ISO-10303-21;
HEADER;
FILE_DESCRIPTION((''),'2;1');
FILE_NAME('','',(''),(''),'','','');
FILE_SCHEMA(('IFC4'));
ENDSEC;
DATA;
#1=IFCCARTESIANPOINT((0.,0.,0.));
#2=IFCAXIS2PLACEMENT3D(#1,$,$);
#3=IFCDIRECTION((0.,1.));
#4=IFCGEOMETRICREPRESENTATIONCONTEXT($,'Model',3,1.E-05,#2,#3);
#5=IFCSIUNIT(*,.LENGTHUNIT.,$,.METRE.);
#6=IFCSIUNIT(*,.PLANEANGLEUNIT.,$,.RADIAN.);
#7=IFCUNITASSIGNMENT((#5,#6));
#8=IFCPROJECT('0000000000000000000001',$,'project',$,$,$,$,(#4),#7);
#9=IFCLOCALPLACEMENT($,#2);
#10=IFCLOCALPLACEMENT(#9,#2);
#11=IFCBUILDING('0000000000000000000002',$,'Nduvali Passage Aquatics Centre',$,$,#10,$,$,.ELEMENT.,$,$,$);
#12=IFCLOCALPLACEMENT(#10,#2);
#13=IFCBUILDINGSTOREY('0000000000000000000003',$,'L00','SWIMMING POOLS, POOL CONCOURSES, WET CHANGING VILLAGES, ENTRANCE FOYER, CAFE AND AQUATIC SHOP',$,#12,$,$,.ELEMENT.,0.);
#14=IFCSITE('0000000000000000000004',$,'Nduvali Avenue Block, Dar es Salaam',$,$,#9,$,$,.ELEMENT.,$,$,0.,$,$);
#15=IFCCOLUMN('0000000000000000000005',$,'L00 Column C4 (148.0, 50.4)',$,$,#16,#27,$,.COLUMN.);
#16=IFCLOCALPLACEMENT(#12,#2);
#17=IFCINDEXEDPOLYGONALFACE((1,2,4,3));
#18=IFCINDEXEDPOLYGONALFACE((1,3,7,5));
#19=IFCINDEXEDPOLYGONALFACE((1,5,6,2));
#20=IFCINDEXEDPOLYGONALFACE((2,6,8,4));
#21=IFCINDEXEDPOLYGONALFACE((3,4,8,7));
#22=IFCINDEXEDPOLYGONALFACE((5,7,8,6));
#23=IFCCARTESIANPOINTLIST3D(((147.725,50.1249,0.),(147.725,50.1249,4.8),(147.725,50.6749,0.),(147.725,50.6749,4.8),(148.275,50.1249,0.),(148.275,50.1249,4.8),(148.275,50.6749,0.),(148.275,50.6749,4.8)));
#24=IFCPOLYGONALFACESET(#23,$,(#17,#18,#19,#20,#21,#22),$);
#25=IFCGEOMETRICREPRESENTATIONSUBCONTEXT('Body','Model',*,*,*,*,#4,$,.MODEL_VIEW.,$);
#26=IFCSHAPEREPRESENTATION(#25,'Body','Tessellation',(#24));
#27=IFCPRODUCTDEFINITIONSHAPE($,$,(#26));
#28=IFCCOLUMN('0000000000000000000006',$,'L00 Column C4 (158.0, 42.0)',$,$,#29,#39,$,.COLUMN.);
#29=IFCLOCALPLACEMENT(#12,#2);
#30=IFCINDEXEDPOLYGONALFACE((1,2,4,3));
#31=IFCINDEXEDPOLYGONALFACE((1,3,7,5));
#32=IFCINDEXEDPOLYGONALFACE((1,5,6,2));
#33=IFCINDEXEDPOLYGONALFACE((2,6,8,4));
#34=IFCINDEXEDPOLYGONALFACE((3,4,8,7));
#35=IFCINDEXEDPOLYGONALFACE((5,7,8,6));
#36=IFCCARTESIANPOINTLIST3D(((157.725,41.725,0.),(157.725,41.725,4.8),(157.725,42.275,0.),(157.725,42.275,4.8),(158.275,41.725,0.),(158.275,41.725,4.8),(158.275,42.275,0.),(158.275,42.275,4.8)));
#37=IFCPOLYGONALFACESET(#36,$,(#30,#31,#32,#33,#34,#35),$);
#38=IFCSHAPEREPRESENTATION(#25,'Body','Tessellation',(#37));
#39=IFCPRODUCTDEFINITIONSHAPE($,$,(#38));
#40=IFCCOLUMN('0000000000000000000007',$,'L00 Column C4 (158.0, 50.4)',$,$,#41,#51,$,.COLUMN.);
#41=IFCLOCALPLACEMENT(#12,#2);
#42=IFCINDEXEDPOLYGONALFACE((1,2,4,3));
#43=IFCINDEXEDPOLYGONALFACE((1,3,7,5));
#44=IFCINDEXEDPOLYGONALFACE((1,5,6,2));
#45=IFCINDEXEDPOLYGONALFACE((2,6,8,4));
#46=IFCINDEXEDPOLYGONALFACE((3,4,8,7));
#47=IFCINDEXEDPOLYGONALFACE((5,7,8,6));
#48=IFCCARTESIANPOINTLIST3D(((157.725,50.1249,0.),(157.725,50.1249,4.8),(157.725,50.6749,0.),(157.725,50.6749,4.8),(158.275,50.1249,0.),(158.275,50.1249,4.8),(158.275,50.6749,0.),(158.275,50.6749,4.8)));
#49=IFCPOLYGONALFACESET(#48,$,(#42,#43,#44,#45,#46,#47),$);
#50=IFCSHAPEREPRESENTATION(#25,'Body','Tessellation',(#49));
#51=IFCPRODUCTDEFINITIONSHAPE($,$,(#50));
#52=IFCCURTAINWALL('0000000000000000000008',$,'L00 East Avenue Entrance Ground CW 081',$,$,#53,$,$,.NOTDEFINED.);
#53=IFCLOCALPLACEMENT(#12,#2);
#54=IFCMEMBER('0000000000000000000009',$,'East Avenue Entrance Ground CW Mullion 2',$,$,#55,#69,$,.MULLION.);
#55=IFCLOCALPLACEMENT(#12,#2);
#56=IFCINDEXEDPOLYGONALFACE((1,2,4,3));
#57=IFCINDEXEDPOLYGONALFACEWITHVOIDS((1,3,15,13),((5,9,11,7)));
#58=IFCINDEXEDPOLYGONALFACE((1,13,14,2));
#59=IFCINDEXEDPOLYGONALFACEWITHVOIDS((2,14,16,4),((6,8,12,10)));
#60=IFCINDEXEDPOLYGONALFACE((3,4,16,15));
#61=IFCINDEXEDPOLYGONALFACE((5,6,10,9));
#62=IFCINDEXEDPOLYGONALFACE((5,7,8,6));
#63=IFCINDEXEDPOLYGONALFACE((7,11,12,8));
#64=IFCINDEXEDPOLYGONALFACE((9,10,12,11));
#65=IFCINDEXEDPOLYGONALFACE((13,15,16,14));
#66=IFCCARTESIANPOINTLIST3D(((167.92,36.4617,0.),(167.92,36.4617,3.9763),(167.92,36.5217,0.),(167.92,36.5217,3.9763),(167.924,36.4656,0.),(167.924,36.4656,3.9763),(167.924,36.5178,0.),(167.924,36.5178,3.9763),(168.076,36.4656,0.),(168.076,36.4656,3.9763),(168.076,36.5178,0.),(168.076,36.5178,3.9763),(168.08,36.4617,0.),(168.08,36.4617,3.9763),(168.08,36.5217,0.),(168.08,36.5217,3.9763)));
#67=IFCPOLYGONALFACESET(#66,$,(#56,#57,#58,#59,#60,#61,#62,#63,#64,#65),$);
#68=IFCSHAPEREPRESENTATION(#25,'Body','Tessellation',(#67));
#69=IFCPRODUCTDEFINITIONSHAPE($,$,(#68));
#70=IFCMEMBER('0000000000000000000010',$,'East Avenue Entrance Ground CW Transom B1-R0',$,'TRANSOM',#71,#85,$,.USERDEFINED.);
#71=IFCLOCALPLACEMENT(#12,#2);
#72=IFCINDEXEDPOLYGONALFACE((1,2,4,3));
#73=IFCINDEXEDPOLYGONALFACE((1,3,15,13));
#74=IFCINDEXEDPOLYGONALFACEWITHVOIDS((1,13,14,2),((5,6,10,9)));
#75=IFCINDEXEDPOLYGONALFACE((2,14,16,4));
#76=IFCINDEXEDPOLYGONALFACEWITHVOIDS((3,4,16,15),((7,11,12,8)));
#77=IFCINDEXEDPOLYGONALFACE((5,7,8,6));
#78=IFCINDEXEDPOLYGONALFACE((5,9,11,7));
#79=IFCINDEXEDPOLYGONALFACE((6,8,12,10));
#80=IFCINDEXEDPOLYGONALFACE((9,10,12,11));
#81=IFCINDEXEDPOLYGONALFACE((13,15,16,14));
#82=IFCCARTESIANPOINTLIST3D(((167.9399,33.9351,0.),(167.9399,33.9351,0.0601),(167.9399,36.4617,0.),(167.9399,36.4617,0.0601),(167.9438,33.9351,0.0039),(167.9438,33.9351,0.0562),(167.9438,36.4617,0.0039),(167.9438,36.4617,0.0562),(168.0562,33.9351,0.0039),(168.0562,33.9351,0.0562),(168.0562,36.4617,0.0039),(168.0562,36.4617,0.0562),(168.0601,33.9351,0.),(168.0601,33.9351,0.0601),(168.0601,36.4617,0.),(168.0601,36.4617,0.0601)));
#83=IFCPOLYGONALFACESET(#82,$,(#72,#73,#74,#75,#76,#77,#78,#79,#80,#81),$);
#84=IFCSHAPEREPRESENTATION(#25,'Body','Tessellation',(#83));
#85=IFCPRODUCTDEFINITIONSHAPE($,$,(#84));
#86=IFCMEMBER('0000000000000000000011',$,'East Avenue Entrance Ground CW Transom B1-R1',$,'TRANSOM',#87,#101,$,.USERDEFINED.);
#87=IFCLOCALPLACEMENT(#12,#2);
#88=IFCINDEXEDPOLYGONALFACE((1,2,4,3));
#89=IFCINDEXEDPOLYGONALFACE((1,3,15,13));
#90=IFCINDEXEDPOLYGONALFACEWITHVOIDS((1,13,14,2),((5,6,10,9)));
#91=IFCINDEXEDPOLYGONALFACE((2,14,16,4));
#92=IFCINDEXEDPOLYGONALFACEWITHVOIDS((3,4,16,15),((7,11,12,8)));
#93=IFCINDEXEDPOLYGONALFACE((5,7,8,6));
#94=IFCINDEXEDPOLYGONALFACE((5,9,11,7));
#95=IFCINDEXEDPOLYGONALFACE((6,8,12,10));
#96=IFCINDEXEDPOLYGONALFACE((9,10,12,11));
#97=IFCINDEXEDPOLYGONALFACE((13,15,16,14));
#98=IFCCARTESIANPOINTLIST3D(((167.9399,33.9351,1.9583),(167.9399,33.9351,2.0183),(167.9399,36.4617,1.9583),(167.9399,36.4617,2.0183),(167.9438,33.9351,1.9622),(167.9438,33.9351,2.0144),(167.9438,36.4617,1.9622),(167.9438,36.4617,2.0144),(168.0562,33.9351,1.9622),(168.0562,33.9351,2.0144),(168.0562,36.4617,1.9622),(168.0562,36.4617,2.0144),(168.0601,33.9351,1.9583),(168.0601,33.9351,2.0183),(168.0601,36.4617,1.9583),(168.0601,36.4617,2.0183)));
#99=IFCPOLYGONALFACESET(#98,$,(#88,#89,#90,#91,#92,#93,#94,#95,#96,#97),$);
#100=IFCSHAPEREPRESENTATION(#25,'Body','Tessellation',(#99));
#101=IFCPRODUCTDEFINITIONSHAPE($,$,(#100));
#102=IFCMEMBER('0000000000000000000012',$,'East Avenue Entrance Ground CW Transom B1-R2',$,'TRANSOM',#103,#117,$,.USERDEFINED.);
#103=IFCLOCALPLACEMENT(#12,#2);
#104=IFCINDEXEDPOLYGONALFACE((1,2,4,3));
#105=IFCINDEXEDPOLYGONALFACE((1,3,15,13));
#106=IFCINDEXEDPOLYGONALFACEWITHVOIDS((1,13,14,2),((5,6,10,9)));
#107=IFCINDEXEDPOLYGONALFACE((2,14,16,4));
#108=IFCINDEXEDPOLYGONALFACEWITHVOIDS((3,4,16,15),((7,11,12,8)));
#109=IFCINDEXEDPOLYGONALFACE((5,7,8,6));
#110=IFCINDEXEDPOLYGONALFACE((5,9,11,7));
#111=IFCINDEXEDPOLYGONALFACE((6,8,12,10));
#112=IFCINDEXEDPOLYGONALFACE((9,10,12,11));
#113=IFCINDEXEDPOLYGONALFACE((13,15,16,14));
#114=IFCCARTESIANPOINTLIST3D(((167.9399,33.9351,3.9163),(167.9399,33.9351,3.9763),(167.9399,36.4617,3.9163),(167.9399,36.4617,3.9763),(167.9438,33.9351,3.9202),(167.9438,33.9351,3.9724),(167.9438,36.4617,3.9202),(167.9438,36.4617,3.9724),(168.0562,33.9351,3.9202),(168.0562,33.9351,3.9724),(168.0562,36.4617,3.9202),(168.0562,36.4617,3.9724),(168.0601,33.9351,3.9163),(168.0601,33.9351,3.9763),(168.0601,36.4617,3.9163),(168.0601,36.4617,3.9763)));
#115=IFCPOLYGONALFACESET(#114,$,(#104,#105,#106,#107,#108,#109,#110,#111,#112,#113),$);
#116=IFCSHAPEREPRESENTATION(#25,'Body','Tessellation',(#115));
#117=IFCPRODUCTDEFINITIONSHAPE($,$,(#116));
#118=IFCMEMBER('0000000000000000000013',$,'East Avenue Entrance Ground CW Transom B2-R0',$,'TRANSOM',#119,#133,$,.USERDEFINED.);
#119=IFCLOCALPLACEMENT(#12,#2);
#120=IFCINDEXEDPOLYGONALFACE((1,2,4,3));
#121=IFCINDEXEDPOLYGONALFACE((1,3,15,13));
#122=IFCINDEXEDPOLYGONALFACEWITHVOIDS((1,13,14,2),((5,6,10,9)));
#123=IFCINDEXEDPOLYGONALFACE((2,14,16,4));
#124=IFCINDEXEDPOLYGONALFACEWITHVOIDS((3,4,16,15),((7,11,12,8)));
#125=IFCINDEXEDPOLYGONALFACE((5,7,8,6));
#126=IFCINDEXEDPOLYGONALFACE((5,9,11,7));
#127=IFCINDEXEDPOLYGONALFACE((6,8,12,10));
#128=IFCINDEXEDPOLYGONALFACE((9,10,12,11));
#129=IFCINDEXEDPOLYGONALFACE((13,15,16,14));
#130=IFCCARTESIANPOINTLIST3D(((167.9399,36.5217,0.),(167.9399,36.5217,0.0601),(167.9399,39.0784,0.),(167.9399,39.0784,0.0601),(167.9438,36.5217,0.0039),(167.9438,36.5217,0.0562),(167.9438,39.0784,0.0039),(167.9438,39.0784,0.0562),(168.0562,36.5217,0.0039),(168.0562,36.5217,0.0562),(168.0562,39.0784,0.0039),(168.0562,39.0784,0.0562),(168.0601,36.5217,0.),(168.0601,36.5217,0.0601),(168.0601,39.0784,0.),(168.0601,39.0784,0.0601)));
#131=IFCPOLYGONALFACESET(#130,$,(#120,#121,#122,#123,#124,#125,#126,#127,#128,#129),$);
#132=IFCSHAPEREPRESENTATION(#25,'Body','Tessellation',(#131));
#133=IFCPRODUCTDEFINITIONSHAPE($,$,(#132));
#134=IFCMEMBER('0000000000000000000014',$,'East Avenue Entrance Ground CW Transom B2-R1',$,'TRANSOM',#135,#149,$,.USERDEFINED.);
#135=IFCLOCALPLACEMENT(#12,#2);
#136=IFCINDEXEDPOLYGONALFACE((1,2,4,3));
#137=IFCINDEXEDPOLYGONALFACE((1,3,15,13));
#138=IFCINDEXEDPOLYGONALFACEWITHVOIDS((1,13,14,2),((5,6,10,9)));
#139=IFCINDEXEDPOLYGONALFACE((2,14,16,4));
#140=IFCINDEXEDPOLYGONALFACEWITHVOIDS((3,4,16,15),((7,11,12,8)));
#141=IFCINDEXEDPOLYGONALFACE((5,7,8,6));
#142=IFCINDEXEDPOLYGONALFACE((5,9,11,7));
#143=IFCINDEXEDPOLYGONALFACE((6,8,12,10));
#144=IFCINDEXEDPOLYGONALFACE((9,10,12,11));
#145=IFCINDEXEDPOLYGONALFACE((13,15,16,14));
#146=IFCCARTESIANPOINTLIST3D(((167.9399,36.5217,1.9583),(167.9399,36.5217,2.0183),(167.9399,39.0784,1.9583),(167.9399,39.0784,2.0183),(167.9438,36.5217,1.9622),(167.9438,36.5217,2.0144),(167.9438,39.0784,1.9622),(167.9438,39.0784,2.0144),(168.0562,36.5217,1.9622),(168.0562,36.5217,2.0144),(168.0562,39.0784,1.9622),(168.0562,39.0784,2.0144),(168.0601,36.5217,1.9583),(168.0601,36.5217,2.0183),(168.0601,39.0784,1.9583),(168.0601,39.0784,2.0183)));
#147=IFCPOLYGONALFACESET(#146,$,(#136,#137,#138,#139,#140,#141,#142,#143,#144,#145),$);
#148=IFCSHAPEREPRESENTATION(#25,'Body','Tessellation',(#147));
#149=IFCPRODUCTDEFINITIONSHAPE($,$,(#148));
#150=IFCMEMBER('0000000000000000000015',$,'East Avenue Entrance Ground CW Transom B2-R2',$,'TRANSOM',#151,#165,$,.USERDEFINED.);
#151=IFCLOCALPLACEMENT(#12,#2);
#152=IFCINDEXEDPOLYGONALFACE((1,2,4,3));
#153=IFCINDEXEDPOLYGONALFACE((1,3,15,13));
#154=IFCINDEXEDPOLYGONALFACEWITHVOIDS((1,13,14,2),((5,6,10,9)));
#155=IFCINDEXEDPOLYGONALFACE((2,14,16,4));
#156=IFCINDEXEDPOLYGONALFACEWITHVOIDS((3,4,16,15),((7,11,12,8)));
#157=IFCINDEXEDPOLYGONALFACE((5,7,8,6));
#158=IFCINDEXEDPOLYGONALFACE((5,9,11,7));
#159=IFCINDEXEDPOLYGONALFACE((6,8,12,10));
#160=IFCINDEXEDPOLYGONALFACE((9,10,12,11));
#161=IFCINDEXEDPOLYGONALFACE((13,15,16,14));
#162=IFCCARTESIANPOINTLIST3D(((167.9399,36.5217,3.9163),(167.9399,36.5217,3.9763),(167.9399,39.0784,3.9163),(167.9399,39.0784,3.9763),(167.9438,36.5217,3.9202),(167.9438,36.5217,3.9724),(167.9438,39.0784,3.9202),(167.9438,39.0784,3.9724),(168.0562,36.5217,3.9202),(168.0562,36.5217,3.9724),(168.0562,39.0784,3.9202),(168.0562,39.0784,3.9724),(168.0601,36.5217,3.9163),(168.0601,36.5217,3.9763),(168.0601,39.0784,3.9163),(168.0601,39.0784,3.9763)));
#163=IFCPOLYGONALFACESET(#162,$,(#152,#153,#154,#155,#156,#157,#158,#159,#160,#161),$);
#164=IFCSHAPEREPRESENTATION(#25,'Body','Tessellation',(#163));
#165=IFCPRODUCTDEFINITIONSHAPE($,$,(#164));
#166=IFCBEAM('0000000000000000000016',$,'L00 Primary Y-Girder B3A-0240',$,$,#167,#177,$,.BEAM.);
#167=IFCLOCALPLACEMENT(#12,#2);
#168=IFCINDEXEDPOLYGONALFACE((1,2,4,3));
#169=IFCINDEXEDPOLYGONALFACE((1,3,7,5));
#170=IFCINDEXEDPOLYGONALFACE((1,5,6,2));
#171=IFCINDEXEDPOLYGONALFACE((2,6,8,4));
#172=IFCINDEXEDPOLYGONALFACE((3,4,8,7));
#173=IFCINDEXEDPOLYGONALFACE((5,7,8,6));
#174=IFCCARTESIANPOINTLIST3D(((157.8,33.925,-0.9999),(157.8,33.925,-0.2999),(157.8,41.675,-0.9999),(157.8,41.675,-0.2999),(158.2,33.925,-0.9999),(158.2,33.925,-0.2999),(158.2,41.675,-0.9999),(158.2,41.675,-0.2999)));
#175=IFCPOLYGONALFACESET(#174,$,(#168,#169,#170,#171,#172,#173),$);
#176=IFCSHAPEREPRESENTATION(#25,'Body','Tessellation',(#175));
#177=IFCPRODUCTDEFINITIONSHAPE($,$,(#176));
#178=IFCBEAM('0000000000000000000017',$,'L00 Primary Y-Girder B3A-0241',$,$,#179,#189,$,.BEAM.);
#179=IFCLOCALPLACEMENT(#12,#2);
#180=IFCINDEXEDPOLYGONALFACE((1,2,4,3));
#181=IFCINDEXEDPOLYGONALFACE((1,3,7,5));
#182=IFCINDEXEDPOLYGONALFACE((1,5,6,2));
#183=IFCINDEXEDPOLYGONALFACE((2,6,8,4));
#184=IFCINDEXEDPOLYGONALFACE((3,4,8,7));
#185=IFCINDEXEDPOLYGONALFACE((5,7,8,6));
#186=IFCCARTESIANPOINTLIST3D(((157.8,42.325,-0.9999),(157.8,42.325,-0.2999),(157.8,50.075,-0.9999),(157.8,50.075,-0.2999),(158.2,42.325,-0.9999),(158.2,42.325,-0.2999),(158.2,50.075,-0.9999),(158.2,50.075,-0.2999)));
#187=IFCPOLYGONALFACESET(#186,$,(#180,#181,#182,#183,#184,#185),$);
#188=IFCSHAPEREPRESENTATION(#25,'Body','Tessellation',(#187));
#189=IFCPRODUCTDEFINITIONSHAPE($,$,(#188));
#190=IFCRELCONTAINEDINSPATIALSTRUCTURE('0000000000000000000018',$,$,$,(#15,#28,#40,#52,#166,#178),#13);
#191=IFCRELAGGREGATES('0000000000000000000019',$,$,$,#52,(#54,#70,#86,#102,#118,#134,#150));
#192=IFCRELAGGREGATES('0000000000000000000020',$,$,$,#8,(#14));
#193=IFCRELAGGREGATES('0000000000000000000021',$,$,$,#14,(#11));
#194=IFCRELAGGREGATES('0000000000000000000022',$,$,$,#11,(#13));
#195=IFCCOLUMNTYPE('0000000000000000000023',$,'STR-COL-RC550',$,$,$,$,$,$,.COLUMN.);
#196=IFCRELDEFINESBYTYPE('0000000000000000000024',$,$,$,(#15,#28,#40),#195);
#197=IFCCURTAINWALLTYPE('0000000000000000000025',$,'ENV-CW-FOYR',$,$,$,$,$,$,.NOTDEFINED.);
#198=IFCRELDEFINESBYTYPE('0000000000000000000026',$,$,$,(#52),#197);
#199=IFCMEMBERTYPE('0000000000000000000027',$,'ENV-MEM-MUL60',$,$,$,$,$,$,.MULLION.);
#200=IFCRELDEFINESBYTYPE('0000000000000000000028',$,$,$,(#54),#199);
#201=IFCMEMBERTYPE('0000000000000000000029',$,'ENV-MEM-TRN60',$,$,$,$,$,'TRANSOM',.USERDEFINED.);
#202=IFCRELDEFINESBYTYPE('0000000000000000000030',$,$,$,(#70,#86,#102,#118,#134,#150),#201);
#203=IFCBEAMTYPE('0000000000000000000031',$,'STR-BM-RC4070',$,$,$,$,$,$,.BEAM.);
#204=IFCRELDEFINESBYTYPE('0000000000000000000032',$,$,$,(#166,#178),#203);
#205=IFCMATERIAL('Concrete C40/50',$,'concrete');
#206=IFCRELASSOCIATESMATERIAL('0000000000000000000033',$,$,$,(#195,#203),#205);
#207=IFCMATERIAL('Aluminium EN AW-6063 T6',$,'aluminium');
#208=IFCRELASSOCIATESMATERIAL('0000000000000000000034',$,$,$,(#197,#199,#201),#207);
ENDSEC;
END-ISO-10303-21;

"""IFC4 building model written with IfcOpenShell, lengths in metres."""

from ifc_helpers import new_model, si_unit, direction, frame, origin, origin_2d, place, context, subcontext, project, spatial, rectangle, hollow_rectangle, extrude, material, material_profile, profile_set, type_object, element, aggregate, save


model = new_model("IFC4")

# Units and contexts
model_context = context("Model", 3, precision=1e-05, world=origin(), true_north=direction((0.0, 1.0)))
body_context = subcontext(model_context, "Body", "Model", "MODEL_VIEW")
ifc_project = project(units=[si_unit("LENGTHUNIT", "METRE"), si_unit("PLANEANGLEUNIT", "RADIAN")], contexts=[model_context])

# Site, building, storey
site_placement = place(None, origin())
site = spatial("IfcSite", under=ifc_project, at=site_placement, Name="Nduvali Avenue Block, Dar es Salaam", CompositionType="ELEMENT", RefElevation=0.0)
building_placement = place(site_placement, origin())
building = spatial("IfcBuilding", under=site, at=building_placement, Name="Nduvali Passage Aquatics Centre", CompositionType="ELEMENT")
storey_placement = place(building_placement, origin())
storey = spatial("IfcBuildingStorey", under=building, at=storey_placement, Name="L00", Description="SWIMMING POOLS, POOL CONCOURSES, WET CHANGING VILLAGES, ENTRANCE FOYER, CAFE AND AQUATIC SHOP", CompositionType="ELEMENT", Elevation=0.0)

# Columns
ifc_material_1 = material(Name="Concrete C40/50", Category="concrete")
ifc_material_profile_1 = material_profile(ifc_material_1, rectangle(XDim=0.55, YDim=0.55, at=origin_2d()), Name="RC 550x550")
ifc_profile_set_1 = profile_set([ifc_material_profile_1], Name="Concrete C40/50")
column_type = type_object("IfcColumnType", Name="STR-COL-RC550", PredefinedType="COLUMN", material=ifc_profile_set_1)
for number, where, z_axis, x_axis, name in (
    (1, (148.0, 50.3999, 0.0), (0.0, 0.0, 1.0), (1.0, 0.0, 0.0), "L00 Column C4 (148.0, 50.4)"),
    (2, (158.0, 42.0, 0.0), (0.0, 0.0, 1.0), (1.0, 0.0, 0.0), "L00 Column C4 (158.0, 42.0)"),
    (3, (158.0, 50.3999, 0.0), (0.0, 0.0, 1.0), (1.0, 0.0, 0.0), "L00 Column C4 (158.0, 50.4)"),
):
    element("IfcColumn", number, at=place(storey_placement, frame(where, z_axis=z_axis, x_axis=x_axis)), inside=storey, type_object=column_type, Name=name, PredefinedType="COLUMN", context=body_context, shape_type="SweptSolid", body=[
        extrude(rectangle(XDim=0.55, YDim=0.55, at=origin_2d()), origin(), (0.0, 0.0, 1.0), 4.8),
    ])

# Curtain wall, members
ifc_material_2 = material(Name="Aluminium EN AW-6063 T6", Category="aluminium")
curtain_wall_type = type_object("IfcCurtainWallType", Name="ENV-CW-FOYR", PredefinedType="NOTDEFINED", material=ifc_material_2)
curtain_wall_placement = place(storey_placement, origin())
curtain_wall = element("IfcCurtainWall", 4, at=curtain_wall_placement, inside=storey, type_object=curtain_wall_type, Name="L00 East Avenue Entrance Ground CW 081", PredefinedType="NOTDEFINED")
ifc_material_profile_2 = material_profile(ifc_material_2, hollow_rectangle(XDim=0.0601, YDim=0.1599, WallThickness=0.0039, at=origin_2d()), Name="ALU MULLION 60x160x4")
ifc_profile_set_2 = profile_set([ifc_material_profile_2], Name="Aluminium EN AW-6063 T6")
member_type_1 = type_object("IfcMemberType", Name="ENV-MEM-MUL60", PredefinedType="MULLION", material=ifc_profile_set_2)
member_1_placement = place(storey_placement, frame((168.0, 36.4917, 0.0), z_axis=(0.0, 0.0, 1.0), x_axis=(0.0, 1.0, 0.0)))
member_1 = element("IfcMember", 5, at=member_1_placement, type_object=member_type_1, Name="East Avenue Entrance Ground CW Mullion 2", PredefinedType="MULLION", context=body_context, shape_type="SweptSolid", body=[
    extrude(hollow_rectangle(XDim=0.0601, YDim=0.1599, WallThickness=0.0039, at=origin_2d()), origin(), (0.0, 0.0, 1.0), 3.9763),
])
ifc_material_profile_3 = material_profile(ifc_material_2, hollow_rectangle(XDim=0.1201, YDim=0.0601, WallThickness=0.0039, at=origin_2d()), Name="ALU TRANSOM 120x60x4")
ifc_profile_set_3 = profile_set([ifc_material_profile_3], Name="Aluminium EN AW-6063 T6")
member_type_2 = type_object("IfcMemberType", Name="ENV-MEM-TRN60", ElementType="TRANSOM", PredefinedType="USERDEFINED", material=ifc_profile_set_3)
member_2_placement = place(storey_placement, frame((168.0, 33.9351, 0.03), z_axis=(0.0, 1.0, 0.0), x_axis=(-1.0, 0.0, 0.0)))
member_2 = element("IfcMember", 6, at=member_2_placement, type_object=member_type_2, Name="East Avenue Entrance Ground CW Transom B1-R0", ObjectType="TRANSOM", PredefinedType="USERDEFINED", context=body_context, shape_type="SweptSolid", body=[
    extrude(hollow_rectangle(XDim=0.1201, YDim=0.0601, WallThickness=0.0039, at=origin_2d()), origin(), (0.0, 0.0, 1.0), 2.5266),
])
member_3_placement = place(storey_placement, frame((168.0, 33.9351, 1.9883), z_axis=(0.0, 1.0, 0.0), x_axis=(-1.0, 0.0, 0.0)))
member_3 = element("IfcMember", 7, at=member_3_placement, type_object=member_type_2, Name="East Avenue Entrance Ground CW Transom B1-R1", ObjectType="TRANSOM", PredefinedType="USERDEFINED", context=body_context, shape_type="SweptSolid", body=[
    extrude(hollow_rectangle(XDim=0.1201, YDim=0.0601, WallThickness=0.0039, at=origin_2d()), origin(), (0.0, 0.0, 1.0), 2.5266),
])
member_4_placement = place(storey_placement, frame((168.0, 33.9351, 3.9463), z_axis=(0.0, 1.0, 0.0), x_axis=(-1.0, 0.0, 0.0)))
member_4 = element("IfcMember", 8, at=member_4_placement, type_object=member_type_2, Name="East Avenue Entrance Ground CW Transom B1-R2", ObjectType="TRANSOM", PredefinedType="USERDEFINED", context=body_context, shape_type="SweptSolid", body=[
    extrude(hollow_rectangle(XDim=0.1201, YDim=0.0601, WallThickness=0.0039, at=origin_2d()), origin(), (0.0, 0.0, 1.0), 2.5266),
])
member_5_placement = place(storey_placement, frame((168.0, 36.5217, 0.03), z_axis=(0.0, 1.0, 0.0), x_axis=(-1.0, 0.0, 0.0)))
member_5 = element("IfcMember", 9, at=member_5_placement, type_object=member_type_2, Name="East Avenue Entrance Ground CW Transom B2-R0", ObjectType="TRANSOM", PredefinedType="USERDEFINED", context=body_context, shape_type="SweptSolid", body=[
    extrude(hollow_rectangle(XDim=0.1201, YDim=0.0601, WallThickness=0.0039, at=origin_2d()), origin(), (0.0, 0.0, 1.0), 2.5566),
])
member_6_placement = place(storey_placement, frame((168.0, 36.5217, 1.9883), z_axis=(0.0, 1.0, 0.0), x_axis=(-1.0, 0.0, 0.0)))
member_6 = element("IfcMember", 10, at=member_6_placement, type_object=member_type_2, Name="East Avenue Entrance Ground CW Transom B2-R1", ObjectType="TRANSOM", PredefinedType="USERDEFINED", context=body_context, shape_type="SweptSolid", body=[
    extrude(hollow_rectangle(XDim=0.1201, YDim=0.0601, WallThickness=0.0039, at=origin_2d()), origin(), (0.0, 0.0, 1.0), 2.5566),
])
member_7_placement = place(storey_placement, frame((168.0, 36.5217, 3.9463), z_axis=(0.0, 1.0, 0.0), x_axis=(-1.0, 0.0, 0.0)))
member_7 = element("IfcMember", 11, at=member_7_placement, type_object=member_type_2, Name="East Avenue Entrance Ground CW Transom B2-R2", ObjectType="TRANSOM", PredefinedType="USERDEFINED", context=body_context, shape_type="SweptSolid", body=[
    extrude(hollow_rectangle(XDim=0.1201, YDim=0.0601, WallThickness=0.0039, at=origin_2d()), origin(), (0.0, 0.0, 1.0), 2.5566),
])

# Beams
ifc_material_profile_4 = material_profile(ifc_material_1, rectangle(XDim=0.3999, YDim=0.7, at=origin_2d()), Name="RC 400x700")
ifc_profile_set_4 = profile_set([ifc_material_profile_4], Name="Concrete C40/50")
beam_type_1 = type_object("IfcBeamType", Name="STR-BM-RC4070", PredefinedType="BEAM", material=ifc_profile_set_4)
for number, where, z_axis, x_axis, name in (
    (12, (158.0, 33.925, -0.6499), (0.0, 1.0, 0.0), (-1.0, 0.0, 0.0), "L00 Primary Y-Girder B3A-0240"),
    (13, (158.0, 42.325, -0.6499), (0.0, 1.0, 0.0), (-1.0, 0.0, 0.0), "L00 Primary Y-Girder B3A-0241"),
):
    element("IfcBeam", number, at=place(storey_placement, frame(where, z_axis=z_axis, x_axis=x_axis)), inside=storey, type_object=beam_type_1, Name=name, PredefinedType="BEAM", context=body_context, shape_type="SweptSolid", body=[
        extrude(rectangle(XDim=0.3999, YDim=0.7, at=origin_2d()), origin(), (0.0, 0.0, 1.0), 7.75),
    ])

aggregate(curtain_wall, [member_1, member_2, member_3, member_4, member_5, member_6, member_7])

save(model, "model.ifc")
